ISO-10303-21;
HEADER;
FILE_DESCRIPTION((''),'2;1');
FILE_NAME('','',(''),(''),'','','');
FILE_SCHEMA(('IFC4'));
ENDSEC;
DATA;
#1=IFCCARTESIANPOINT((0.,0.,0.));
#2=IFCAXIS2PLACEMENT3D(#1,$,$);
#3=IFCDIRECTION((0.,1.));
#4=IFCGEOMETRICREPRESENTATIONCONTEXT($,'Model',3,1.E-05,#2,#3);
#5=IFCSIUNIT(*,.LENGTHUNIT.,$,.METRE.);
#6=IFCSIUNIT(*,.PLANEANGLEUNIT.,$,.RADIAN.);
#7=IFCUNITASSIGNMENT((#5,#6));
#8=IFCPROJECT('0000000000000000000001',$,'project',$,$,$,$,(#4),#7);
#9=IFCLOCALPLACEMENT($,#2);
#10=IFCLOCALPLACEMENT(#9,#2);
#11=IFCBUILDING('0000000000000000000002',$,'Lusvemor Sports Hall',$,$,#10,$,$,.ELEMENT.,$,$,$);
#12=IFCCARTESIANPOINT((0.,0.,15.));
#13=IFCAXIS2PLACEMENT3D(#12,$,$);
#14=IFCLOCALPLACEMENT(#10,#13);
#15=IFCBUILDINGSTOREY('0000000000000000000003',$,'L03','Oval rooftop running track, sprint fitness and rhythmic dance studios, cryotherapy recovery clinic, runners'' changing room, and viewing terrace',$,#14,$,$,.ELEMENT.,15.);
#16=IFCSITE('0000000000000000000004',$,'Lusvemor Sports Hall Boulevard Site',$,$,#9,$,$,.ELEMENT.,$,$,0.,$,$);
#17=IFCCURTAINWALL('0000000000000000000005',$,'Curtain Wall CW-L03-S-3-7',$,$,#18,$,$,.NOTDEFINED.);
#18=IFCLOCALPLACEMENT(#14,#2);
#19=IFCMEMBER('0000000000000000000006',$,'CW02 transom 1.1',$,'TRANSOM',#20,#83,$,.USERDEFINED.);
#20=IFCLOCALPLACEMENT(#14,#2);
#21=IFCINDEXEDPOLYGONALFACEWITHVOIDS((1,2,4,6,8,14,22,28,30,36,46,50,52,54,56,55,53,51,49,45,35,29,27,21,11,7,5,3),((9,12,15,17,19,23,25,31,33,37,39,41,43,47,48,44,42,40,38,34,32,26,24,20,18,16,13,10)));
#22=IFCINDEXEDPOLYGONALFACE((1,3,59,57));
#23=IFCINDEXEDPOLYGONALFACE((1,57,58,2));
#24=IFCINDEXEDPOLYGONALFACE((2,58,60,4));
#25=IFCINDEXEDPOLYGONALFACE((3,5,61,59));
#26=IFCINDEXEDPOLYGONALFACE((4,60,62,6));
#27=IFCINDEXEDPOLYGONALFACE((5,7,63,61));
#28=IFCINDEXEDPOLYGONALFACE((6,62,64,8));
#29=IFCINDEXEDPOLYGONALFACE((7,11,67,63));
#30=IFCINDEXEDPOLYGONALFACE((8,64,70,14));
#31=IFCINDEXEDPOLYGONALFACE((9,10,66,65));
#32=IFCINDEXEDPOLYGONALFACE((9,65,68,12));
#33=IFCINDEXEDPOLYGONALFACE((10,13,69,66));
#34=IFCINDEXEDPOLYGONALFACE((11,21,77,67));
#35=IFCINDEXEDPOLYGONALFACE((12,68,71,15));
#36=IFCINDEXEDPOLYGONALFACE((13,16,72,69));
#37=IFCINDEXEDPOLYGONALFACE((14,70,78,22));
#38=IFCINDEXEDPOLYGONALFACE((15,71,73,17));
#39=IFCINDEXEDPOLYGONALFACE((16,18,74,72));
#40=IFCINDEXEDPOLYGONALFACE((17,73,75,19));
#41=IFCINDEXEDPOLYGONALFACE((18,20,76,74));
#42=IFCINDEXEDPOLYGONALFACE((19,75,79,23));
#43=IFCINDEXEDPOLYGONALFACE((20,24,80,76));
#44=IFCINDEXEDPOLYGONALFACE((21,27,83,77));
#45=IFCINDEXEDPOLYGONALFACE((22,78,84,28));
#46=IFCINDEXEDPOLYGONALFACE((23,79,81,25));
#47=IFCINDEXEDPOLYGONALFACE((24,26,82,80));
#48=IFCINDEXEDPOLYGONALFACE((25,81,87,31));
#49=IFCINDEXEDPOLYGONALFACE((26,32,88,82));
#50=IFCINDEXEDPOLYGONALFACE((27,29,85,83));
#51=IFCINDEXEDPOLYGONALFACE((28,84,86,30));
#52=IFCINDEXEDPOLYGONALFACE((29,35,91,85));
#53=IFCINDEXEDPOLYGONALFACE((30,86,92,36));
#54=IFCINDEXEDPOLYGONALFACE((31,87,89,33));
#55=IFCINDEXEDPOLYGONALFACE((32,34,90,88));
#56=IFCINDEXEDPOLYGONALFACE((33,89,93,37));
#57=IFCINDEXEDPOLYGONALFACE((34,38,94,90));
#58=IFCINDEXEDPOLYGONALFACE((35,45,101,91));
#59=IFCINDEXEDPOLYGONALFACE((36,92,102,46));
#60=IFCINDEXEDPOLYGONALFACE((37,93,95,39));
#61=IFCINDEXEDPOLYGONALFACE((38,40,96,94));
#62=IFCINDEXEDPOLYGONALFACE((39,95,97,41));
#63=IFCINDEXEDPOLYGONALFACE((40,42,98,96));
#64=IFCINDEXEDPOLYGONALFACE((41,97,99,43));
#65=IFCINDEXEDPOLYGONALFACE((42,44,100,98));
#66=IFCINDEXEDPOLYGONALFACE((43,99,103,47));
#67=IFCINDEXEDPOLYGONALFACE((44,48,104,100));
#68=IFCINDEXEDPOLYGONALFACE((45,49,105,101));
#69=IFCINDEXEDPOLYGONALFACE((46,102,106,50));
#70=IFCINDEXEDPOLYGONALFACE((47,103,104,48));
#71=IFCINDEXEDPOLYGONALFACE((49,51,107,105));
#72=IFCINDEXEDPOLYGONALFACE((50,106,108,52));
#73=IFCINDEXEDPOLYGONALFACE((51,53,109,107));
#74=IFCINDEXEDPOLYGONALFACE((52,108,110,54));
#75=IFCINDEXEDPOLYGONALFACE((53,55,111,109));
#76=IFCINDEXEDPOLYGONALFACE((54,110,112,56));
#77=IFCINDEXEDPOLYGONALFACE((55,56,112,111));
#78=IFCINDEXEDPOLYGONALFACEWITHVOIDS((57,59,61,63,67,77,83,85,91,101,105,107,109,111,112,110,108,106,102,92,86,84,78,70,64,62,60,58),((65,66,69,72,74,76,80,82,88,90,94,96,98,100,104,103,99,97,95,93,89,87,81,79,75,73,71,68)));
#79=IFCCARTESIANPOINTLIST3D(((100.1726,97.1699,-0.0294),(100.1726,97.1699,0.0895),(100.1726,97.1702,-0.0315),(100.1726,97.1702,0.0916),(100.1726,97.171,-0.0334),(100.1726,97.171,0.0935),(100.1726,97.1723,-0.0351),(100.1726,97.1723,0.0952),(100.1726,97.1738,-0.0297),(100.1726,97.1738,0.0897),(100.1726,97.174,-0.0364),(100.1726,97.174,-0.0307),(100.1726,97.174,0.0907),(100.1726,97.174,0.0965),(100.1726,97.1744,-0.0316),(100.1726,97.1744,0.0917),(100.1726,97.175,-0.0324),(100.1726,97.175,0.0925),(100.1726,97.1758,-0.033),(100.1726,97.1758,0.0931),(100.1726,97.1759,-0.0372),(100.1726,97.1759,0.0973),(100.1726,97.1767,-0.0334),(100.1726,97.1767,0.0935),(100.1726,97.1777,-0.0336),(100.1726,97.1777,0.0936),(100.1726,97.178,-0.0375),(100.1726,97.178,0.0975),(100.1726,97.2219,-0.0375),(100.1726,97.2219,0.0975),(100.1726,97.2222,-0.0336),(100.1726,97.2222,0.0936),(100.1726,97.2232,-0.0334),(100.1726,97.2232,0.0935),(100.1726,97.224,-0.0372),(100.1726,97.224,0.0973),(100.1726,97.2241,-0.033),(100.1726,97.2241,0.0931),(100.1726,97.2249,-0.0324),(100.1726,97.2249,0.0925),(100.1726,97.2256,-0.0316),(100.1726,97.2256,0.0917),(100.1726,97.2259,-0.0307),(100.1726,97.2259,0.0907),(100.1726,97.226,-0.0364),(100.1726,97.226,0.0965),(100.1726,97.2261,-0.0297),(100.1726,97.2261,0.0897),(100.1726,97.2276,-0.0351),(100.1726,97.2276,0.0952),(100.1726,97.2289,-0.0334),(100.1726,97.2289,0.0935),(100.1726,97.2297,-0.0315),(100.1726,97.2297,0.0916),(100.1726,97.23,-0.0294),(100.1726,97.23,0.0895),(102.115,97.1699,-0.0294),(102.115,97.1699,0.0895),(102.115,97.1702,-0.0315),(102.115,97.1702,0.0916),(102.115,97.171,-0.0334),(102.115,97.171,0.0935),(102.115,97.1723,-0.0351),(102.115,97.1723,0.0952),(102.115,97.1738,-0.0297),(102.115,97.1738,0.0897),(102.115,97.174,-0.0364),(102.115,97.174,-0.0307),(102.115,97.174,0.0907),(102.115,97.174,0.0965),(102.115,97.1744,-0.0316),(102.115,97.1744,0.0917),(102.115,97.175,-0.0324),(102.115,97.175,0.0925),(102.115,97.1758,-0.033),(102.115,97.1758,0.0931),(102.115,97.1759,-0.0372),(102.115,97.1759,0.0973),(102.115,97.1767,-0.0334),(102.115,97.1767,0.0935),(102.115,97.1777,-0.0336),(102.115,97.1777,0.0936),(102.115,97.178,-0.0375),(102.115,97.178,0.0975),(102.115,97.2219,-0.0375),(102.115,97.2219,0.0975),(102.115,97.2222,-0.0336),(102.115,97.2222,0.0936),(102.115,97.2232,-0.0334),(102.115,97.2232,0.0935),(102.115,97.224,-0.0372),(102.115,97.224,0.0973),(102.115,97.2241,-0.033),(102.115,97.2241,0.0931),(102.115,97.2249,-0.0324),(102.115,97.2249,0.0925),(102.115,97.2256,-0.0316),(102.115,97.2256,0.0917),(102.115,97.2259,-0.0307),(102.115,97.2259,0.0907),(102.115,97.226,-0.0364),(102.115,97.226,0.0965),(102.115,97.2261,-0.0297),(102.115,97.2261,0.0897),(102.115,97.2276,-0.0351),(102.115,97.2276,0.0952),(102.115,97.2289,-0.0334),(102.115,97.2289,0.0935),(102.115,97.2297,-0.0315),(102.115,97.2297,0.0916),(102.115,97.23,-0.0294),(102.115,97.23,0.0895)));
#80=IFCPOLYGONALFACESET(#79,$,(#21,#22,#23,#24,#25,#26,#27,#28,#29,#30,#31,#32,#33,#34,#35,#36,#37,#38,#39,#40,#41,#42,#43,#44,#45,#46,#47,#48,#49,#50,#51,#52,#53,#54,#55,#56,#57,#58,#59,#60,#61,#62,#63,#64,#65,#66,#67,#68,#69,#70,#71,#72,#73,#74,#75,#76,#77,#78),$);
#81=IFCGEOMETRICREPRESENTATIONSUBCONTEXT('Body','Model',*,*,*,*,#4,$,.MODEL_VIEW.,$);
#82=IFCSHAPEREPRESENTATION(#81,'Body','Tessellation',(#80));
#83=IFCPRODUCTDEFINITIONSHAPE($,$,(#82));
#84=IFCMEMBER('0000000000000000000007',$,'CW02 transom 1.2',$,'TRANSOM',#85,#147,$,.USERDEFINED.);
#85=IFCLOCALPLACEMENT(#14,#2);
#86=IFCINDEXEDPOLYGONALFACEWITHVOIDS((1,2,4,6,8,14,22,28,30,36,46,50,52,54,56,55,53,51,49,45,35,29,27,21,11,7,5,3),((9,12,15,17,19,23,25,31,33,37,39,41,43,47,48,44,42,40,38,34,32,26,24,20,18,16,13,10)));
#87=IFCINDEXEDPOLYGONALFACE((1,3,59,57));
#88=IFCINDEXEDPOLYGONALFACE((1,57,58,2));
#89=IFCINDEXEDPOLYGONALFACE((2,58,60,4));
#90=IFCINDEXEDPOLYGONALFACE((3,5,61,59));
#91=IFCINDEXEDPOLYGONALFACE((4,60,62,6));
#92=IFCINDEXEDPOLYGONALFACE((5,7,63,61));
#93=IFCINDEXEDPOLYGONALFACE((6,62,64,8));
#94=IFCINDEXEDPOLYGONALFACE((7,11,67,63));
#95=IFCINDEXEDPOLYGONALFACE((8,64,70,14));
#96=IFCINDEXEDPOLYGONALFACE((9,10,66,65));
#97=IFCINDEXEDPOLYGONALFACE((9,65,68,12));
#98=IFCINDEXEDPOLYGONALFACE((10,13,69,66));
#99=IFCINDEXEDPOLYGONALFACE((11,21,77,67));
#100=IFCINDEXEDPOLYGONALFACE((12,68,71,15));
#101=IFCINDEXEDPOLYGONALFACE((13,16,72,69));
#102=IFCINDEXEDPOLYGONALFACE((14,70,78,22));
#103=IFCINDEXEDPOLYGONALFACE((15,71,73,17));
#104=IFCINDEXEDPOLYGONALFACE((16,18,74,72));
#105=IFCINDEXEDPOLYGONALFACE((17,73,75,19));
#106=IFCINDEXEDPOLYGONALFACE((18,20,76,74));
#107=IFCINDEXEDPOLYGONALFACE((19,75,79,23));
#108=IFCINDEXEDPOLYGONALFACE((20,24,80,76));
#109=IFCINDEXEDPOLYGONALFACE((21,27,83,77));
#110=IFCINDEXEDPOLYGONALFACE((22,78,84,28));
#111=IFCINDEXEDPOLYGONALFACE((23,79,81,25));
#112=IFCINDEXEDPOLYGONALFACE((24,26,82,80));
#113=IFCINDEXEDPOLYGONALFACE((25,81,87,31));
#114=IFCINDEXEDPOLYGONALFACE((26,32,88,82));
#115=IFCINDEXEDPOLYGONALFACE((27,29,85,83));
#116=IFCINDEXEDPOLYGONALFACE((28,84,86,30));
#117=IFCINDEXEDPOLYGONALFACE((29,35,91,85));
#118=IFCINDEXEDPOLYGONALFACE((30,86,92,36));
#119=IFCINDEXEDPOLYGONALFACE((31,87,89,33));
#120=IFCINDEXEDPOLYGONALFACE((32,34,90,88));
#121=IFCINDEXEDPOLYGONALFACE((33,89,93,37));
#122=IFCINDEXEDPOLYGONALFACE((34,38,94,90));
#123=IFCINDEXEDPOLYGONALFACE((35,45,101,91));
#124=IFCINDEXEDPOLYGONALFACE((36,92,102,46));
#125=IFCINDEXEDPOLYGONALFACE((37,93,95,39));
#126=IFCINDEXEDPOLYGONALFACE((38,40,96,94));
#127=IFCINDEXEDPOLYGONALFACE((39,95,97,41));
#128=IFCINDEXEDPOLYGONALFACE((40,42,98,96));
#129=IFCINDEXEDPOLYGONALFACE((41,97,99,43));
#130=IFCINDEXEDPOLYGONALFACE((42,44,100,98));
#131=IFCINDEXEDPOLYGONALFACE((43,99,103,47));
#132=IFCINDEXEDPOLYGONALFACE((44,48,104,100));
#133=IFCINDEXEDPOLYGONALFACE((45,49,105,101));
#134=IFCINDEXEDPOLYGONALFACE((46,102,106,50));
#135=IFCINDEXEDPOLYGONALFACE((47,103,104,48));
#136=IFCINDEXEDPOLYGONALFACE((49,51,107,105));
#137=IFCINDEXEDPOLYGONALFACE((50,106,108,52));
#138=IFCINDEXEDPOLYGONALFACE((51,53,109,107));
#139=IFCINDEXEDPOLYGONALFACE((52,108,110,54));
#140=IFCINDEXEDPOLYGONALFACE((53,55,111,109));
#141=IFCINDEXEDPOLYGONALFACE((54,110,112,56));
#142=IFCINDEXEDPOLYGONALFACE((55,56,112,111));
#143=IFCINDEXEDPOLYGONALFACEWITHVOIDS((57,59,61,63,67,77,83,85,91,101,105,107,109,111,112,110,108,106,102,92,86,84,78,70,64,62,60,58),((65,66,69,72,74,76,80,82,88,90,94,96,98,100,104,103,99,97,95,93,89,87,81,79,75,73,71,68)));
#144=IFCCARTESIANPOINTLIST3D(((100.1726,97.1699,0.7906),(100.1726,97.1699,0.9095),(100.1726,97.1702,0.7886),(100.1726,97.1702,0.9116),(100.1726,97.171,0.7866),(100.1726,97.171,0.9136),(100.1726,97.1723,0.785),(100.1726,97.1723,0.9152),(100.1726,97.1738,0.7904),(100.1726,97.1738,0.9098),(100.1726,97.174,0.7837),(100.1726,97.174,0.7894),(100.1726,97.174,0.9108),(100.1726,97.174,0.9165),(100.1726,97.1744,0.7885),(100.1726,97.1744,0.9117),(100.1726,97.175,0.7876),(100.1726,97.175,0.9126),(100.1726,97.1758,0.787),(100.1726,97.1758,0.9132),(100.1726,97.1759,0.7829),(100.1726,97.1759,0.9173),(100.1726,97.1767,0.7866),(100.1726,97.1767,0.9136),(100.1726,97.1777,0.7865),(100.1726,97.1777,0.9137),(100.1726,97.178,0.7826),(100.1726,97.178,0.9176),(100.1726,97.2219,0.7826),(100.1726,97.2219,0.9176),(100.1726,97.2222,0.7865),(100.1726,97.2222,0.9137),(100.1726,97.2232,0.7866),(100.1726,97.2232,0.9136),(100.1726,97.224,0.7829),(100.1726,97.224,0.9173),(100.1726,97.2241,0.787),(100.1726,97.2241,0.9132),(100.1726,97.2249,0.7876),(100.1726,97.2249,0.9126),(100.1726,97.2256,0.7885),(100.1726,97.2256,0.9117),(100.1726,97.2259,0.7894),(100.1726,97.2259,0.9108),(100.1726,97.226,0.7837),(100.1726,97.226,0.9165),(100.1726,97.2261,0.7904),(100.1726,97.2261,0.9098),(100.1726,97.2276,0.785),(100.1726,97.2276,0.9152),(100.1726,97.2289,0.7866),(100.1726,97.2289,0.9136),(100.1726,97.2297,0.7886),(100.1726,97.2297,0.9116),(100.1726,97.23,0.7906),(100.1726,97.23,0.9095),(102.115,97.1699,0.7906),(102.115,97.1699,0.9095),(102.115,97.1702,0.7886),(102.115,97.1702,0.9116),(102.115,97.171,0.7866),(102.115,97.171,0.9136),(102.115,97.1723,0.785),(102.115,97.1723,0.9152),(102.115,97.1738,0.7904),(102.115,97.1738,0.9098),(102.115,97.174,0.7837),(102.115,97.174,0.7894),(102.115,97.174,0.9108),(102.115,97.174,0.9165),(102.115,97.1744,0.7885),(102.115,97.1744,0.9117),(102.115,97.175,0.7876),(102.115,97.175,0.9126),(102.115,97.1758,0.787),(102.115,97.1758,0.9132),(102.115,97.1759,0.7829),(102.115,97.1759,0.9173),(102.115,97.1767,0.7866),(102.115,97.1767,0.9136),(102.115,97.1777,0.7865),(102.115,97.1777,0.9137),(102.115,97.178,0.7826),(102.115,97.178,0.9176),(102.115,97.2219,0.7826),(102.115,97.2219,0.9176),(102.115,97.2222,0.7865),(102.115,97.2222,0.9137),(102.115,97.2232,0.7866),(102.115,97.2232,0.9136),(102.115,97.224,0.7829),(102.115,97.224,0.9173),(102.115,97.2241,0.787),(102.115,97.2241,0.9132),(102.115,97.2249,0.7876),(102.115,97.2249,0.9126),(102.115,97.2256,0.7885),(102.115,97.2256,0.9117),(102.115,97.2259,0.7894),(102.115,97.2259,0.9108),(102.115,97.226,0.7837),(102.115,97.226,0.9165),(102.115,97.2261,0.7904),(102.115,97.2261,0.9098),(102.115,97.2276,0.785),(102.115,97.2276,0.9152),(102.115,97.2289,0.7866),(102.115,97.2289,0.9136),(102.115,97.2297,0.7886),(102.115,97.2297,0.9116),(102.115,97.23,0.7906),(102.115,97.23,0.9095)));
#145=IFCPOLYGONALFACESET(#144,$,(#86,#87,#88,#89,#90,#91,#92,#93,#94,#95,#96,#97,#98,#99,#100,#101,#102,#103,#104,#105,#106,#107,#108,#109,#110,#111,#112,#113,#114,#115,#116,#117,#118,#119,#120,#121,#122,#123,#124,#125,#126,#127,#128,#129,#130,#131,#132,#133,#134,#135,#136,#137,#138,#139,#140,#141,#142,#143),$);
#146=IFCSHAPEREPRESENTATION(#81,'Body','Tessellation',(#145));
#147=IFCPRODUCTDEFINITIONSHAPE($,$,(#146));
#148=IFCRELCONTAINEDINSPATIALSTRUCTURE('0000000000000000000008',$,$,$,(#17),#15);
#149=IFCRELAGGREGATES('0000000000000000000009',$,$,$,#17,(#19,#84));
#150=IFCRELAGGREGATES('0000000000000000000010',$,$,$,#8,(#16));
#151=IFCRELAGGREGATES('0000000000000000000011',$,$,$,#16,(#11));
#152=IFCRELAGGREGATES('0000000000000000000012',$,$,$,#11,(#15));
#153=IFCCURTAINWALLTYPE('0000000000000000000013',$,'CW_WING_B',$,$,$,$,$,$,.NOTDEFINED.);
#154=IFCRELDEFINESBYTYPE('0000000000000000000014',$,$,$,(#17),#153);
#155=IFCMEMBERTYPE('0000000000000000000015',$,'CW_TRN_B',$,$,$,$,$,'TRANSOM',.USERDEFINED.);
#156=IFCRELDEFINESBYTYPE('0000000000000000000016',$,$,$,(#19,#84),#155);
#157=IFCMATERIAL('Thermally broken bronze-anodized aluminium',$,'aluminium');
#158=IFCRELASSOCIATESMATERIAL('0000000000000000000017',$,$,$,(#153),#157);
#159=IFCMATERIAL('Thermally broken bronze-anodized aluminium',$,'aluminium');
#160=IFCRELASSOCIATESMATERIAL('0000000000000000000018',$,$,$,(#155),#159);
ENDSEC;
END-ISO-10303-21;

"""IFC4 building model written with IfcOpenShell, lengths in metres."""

from ifc_helpers import new_model, si_unit, direction, frame, origin, origin_2d, place, context, subcontext, project, spatial, hollow_rectangle, extrude, material, material_profile, profile_set, type_object, element, aggregate, save


model = new_model("IFC4")

# Units and contexts
model_context = context("Model", 3, precision=1e-05, world=origin(), true_north=direction((0.0, 1.0)))
body_context = subcontext(model_context, "Body", "Model", "MODEL_VIEW")
ifc_project = project(units=[si_unit("LENGTHUNIT", "METRE"), si_unit("PLANEANGLEUNIT", "RADIAN")], contexts=[model_context])

# Site, building, storey
site_placement = place(None, origin())
site = spatial("IfcSite", under=ifc_project, at=site_placement, Name="Lusvemor Sports Hall Boulevard Site", CompositionType="ELEMENT", RefElevation=0.0)
building_placement = place(site_placement, origin())
building = spatial("IfcBuilding", under=site, at=building_placement, Name="Lusvemor Sports Hall", CompositionType="ELEMENT")
storey_placement = place(building_placement, frame((0.0, 0.0, 15.0)))
storey = spatial("IfcBuildingStorey", under=building, at=storey_placement, Name="L03", Description="Oval rooftop running track, sprint fitness and rhythmic dance studios, cryotherapy recovery clinic, runners' changing room, and viewing terrace", CompositionType="ELEMENT", Elevation=15.0)

# Curtain wall, members
ifc_material_1 = material(Name="Thermally broken bronze-anodized aluminium", Category="aluminium")
curtain_wall_type = type_object("IfcCurtainWallType", Name="CW_WING_B", PredefinedType="NOTDEFINED", material=ifc_material_1)
curtain_wall_placement = place(storey_placement, origin())
curtain_wall = element("IfcCurtainWall", 1, at=curtain_wall_placement, inside=storey, type_object=curtain_wall_type, Name="Curtain Wall CW-L03-S-3-7", PredefinedType="NOTDEFINED")
ifc_material_2 = material(Name="Thermally broken bronze-anodized aluminium", Category="aluminium")
ifc_material_profile_1 = material_profile(ifc_material_2, hollow_rectangle(XDim=0.0601, YDim=0.135, WallThickness=0.0039, InnerFilletRadius=0.0039, OuterFilletRadius=0.0081, at=origin_2d()), Name="CWTRN135x60x4")
ifc_profile_set_1 = profile_set([ifc_material_profile_1], Name="Thermally broken bronze-anodized aluminium")
member_type_1 = type_object("IfcMemberType", Name="CW_TRN_B", ElementType="TRANSOM", PredefinedType="USERDEFINED", material=ifc_profile_set_1)
member_1_placement = place(storey_placement, frame((102.115, 97.2, 0.03), z_axis=(-1.0, 0.0, 0.0), x_axis=(0.0, -1.0, 0.0)))
member_1 = element("IfcMember", 2, at=member_1_placement, type_object=member_type_1, Name="CW02 transom 1.1", ObjectType="TRANSOM", PredefinedType="USERDEFINED", context=body_context, shape_type="SweptSolid", body=[
    extrude(hollow_rectangle(XDim=0.0601, YDim=0.135, WallThickness=0.0039, InnerFilletRadius=0.0039, OuterFilletRadius=0.0081, at=origin_2d()), origin(), (0.0, 0.0, 1.0), 1.9424),
])
member_2_placement = place(storey_placement, frame((102.115, 97.2, 0.8501), z_axis=(-1.0, 0.0, 0.0), x_axis=(0.0, -1.0, 0.0)))
member_2 = element("IfcMember", 3, at=member_2_placement, type_object=member_type_1, Name="CW02 transom 1.2", ObjectType="TRANSOM", PredefinedType="USERDEFINED", context=body_context, shape_type="SweptSolid", body=[
    extrude(hollow_rectangle(XDim=0.0601, YDim=0.135, WallThickness=0.0039, InnerFilletRadius=0.0039, OuterFilletRadius=0.0081, at=origin_2d()), origin(), (0.0, 0.0, 1.0), 1.9424),
])

aggregate(curtain_wall, [member_1, member_2])

save(model, "model.ifc")
